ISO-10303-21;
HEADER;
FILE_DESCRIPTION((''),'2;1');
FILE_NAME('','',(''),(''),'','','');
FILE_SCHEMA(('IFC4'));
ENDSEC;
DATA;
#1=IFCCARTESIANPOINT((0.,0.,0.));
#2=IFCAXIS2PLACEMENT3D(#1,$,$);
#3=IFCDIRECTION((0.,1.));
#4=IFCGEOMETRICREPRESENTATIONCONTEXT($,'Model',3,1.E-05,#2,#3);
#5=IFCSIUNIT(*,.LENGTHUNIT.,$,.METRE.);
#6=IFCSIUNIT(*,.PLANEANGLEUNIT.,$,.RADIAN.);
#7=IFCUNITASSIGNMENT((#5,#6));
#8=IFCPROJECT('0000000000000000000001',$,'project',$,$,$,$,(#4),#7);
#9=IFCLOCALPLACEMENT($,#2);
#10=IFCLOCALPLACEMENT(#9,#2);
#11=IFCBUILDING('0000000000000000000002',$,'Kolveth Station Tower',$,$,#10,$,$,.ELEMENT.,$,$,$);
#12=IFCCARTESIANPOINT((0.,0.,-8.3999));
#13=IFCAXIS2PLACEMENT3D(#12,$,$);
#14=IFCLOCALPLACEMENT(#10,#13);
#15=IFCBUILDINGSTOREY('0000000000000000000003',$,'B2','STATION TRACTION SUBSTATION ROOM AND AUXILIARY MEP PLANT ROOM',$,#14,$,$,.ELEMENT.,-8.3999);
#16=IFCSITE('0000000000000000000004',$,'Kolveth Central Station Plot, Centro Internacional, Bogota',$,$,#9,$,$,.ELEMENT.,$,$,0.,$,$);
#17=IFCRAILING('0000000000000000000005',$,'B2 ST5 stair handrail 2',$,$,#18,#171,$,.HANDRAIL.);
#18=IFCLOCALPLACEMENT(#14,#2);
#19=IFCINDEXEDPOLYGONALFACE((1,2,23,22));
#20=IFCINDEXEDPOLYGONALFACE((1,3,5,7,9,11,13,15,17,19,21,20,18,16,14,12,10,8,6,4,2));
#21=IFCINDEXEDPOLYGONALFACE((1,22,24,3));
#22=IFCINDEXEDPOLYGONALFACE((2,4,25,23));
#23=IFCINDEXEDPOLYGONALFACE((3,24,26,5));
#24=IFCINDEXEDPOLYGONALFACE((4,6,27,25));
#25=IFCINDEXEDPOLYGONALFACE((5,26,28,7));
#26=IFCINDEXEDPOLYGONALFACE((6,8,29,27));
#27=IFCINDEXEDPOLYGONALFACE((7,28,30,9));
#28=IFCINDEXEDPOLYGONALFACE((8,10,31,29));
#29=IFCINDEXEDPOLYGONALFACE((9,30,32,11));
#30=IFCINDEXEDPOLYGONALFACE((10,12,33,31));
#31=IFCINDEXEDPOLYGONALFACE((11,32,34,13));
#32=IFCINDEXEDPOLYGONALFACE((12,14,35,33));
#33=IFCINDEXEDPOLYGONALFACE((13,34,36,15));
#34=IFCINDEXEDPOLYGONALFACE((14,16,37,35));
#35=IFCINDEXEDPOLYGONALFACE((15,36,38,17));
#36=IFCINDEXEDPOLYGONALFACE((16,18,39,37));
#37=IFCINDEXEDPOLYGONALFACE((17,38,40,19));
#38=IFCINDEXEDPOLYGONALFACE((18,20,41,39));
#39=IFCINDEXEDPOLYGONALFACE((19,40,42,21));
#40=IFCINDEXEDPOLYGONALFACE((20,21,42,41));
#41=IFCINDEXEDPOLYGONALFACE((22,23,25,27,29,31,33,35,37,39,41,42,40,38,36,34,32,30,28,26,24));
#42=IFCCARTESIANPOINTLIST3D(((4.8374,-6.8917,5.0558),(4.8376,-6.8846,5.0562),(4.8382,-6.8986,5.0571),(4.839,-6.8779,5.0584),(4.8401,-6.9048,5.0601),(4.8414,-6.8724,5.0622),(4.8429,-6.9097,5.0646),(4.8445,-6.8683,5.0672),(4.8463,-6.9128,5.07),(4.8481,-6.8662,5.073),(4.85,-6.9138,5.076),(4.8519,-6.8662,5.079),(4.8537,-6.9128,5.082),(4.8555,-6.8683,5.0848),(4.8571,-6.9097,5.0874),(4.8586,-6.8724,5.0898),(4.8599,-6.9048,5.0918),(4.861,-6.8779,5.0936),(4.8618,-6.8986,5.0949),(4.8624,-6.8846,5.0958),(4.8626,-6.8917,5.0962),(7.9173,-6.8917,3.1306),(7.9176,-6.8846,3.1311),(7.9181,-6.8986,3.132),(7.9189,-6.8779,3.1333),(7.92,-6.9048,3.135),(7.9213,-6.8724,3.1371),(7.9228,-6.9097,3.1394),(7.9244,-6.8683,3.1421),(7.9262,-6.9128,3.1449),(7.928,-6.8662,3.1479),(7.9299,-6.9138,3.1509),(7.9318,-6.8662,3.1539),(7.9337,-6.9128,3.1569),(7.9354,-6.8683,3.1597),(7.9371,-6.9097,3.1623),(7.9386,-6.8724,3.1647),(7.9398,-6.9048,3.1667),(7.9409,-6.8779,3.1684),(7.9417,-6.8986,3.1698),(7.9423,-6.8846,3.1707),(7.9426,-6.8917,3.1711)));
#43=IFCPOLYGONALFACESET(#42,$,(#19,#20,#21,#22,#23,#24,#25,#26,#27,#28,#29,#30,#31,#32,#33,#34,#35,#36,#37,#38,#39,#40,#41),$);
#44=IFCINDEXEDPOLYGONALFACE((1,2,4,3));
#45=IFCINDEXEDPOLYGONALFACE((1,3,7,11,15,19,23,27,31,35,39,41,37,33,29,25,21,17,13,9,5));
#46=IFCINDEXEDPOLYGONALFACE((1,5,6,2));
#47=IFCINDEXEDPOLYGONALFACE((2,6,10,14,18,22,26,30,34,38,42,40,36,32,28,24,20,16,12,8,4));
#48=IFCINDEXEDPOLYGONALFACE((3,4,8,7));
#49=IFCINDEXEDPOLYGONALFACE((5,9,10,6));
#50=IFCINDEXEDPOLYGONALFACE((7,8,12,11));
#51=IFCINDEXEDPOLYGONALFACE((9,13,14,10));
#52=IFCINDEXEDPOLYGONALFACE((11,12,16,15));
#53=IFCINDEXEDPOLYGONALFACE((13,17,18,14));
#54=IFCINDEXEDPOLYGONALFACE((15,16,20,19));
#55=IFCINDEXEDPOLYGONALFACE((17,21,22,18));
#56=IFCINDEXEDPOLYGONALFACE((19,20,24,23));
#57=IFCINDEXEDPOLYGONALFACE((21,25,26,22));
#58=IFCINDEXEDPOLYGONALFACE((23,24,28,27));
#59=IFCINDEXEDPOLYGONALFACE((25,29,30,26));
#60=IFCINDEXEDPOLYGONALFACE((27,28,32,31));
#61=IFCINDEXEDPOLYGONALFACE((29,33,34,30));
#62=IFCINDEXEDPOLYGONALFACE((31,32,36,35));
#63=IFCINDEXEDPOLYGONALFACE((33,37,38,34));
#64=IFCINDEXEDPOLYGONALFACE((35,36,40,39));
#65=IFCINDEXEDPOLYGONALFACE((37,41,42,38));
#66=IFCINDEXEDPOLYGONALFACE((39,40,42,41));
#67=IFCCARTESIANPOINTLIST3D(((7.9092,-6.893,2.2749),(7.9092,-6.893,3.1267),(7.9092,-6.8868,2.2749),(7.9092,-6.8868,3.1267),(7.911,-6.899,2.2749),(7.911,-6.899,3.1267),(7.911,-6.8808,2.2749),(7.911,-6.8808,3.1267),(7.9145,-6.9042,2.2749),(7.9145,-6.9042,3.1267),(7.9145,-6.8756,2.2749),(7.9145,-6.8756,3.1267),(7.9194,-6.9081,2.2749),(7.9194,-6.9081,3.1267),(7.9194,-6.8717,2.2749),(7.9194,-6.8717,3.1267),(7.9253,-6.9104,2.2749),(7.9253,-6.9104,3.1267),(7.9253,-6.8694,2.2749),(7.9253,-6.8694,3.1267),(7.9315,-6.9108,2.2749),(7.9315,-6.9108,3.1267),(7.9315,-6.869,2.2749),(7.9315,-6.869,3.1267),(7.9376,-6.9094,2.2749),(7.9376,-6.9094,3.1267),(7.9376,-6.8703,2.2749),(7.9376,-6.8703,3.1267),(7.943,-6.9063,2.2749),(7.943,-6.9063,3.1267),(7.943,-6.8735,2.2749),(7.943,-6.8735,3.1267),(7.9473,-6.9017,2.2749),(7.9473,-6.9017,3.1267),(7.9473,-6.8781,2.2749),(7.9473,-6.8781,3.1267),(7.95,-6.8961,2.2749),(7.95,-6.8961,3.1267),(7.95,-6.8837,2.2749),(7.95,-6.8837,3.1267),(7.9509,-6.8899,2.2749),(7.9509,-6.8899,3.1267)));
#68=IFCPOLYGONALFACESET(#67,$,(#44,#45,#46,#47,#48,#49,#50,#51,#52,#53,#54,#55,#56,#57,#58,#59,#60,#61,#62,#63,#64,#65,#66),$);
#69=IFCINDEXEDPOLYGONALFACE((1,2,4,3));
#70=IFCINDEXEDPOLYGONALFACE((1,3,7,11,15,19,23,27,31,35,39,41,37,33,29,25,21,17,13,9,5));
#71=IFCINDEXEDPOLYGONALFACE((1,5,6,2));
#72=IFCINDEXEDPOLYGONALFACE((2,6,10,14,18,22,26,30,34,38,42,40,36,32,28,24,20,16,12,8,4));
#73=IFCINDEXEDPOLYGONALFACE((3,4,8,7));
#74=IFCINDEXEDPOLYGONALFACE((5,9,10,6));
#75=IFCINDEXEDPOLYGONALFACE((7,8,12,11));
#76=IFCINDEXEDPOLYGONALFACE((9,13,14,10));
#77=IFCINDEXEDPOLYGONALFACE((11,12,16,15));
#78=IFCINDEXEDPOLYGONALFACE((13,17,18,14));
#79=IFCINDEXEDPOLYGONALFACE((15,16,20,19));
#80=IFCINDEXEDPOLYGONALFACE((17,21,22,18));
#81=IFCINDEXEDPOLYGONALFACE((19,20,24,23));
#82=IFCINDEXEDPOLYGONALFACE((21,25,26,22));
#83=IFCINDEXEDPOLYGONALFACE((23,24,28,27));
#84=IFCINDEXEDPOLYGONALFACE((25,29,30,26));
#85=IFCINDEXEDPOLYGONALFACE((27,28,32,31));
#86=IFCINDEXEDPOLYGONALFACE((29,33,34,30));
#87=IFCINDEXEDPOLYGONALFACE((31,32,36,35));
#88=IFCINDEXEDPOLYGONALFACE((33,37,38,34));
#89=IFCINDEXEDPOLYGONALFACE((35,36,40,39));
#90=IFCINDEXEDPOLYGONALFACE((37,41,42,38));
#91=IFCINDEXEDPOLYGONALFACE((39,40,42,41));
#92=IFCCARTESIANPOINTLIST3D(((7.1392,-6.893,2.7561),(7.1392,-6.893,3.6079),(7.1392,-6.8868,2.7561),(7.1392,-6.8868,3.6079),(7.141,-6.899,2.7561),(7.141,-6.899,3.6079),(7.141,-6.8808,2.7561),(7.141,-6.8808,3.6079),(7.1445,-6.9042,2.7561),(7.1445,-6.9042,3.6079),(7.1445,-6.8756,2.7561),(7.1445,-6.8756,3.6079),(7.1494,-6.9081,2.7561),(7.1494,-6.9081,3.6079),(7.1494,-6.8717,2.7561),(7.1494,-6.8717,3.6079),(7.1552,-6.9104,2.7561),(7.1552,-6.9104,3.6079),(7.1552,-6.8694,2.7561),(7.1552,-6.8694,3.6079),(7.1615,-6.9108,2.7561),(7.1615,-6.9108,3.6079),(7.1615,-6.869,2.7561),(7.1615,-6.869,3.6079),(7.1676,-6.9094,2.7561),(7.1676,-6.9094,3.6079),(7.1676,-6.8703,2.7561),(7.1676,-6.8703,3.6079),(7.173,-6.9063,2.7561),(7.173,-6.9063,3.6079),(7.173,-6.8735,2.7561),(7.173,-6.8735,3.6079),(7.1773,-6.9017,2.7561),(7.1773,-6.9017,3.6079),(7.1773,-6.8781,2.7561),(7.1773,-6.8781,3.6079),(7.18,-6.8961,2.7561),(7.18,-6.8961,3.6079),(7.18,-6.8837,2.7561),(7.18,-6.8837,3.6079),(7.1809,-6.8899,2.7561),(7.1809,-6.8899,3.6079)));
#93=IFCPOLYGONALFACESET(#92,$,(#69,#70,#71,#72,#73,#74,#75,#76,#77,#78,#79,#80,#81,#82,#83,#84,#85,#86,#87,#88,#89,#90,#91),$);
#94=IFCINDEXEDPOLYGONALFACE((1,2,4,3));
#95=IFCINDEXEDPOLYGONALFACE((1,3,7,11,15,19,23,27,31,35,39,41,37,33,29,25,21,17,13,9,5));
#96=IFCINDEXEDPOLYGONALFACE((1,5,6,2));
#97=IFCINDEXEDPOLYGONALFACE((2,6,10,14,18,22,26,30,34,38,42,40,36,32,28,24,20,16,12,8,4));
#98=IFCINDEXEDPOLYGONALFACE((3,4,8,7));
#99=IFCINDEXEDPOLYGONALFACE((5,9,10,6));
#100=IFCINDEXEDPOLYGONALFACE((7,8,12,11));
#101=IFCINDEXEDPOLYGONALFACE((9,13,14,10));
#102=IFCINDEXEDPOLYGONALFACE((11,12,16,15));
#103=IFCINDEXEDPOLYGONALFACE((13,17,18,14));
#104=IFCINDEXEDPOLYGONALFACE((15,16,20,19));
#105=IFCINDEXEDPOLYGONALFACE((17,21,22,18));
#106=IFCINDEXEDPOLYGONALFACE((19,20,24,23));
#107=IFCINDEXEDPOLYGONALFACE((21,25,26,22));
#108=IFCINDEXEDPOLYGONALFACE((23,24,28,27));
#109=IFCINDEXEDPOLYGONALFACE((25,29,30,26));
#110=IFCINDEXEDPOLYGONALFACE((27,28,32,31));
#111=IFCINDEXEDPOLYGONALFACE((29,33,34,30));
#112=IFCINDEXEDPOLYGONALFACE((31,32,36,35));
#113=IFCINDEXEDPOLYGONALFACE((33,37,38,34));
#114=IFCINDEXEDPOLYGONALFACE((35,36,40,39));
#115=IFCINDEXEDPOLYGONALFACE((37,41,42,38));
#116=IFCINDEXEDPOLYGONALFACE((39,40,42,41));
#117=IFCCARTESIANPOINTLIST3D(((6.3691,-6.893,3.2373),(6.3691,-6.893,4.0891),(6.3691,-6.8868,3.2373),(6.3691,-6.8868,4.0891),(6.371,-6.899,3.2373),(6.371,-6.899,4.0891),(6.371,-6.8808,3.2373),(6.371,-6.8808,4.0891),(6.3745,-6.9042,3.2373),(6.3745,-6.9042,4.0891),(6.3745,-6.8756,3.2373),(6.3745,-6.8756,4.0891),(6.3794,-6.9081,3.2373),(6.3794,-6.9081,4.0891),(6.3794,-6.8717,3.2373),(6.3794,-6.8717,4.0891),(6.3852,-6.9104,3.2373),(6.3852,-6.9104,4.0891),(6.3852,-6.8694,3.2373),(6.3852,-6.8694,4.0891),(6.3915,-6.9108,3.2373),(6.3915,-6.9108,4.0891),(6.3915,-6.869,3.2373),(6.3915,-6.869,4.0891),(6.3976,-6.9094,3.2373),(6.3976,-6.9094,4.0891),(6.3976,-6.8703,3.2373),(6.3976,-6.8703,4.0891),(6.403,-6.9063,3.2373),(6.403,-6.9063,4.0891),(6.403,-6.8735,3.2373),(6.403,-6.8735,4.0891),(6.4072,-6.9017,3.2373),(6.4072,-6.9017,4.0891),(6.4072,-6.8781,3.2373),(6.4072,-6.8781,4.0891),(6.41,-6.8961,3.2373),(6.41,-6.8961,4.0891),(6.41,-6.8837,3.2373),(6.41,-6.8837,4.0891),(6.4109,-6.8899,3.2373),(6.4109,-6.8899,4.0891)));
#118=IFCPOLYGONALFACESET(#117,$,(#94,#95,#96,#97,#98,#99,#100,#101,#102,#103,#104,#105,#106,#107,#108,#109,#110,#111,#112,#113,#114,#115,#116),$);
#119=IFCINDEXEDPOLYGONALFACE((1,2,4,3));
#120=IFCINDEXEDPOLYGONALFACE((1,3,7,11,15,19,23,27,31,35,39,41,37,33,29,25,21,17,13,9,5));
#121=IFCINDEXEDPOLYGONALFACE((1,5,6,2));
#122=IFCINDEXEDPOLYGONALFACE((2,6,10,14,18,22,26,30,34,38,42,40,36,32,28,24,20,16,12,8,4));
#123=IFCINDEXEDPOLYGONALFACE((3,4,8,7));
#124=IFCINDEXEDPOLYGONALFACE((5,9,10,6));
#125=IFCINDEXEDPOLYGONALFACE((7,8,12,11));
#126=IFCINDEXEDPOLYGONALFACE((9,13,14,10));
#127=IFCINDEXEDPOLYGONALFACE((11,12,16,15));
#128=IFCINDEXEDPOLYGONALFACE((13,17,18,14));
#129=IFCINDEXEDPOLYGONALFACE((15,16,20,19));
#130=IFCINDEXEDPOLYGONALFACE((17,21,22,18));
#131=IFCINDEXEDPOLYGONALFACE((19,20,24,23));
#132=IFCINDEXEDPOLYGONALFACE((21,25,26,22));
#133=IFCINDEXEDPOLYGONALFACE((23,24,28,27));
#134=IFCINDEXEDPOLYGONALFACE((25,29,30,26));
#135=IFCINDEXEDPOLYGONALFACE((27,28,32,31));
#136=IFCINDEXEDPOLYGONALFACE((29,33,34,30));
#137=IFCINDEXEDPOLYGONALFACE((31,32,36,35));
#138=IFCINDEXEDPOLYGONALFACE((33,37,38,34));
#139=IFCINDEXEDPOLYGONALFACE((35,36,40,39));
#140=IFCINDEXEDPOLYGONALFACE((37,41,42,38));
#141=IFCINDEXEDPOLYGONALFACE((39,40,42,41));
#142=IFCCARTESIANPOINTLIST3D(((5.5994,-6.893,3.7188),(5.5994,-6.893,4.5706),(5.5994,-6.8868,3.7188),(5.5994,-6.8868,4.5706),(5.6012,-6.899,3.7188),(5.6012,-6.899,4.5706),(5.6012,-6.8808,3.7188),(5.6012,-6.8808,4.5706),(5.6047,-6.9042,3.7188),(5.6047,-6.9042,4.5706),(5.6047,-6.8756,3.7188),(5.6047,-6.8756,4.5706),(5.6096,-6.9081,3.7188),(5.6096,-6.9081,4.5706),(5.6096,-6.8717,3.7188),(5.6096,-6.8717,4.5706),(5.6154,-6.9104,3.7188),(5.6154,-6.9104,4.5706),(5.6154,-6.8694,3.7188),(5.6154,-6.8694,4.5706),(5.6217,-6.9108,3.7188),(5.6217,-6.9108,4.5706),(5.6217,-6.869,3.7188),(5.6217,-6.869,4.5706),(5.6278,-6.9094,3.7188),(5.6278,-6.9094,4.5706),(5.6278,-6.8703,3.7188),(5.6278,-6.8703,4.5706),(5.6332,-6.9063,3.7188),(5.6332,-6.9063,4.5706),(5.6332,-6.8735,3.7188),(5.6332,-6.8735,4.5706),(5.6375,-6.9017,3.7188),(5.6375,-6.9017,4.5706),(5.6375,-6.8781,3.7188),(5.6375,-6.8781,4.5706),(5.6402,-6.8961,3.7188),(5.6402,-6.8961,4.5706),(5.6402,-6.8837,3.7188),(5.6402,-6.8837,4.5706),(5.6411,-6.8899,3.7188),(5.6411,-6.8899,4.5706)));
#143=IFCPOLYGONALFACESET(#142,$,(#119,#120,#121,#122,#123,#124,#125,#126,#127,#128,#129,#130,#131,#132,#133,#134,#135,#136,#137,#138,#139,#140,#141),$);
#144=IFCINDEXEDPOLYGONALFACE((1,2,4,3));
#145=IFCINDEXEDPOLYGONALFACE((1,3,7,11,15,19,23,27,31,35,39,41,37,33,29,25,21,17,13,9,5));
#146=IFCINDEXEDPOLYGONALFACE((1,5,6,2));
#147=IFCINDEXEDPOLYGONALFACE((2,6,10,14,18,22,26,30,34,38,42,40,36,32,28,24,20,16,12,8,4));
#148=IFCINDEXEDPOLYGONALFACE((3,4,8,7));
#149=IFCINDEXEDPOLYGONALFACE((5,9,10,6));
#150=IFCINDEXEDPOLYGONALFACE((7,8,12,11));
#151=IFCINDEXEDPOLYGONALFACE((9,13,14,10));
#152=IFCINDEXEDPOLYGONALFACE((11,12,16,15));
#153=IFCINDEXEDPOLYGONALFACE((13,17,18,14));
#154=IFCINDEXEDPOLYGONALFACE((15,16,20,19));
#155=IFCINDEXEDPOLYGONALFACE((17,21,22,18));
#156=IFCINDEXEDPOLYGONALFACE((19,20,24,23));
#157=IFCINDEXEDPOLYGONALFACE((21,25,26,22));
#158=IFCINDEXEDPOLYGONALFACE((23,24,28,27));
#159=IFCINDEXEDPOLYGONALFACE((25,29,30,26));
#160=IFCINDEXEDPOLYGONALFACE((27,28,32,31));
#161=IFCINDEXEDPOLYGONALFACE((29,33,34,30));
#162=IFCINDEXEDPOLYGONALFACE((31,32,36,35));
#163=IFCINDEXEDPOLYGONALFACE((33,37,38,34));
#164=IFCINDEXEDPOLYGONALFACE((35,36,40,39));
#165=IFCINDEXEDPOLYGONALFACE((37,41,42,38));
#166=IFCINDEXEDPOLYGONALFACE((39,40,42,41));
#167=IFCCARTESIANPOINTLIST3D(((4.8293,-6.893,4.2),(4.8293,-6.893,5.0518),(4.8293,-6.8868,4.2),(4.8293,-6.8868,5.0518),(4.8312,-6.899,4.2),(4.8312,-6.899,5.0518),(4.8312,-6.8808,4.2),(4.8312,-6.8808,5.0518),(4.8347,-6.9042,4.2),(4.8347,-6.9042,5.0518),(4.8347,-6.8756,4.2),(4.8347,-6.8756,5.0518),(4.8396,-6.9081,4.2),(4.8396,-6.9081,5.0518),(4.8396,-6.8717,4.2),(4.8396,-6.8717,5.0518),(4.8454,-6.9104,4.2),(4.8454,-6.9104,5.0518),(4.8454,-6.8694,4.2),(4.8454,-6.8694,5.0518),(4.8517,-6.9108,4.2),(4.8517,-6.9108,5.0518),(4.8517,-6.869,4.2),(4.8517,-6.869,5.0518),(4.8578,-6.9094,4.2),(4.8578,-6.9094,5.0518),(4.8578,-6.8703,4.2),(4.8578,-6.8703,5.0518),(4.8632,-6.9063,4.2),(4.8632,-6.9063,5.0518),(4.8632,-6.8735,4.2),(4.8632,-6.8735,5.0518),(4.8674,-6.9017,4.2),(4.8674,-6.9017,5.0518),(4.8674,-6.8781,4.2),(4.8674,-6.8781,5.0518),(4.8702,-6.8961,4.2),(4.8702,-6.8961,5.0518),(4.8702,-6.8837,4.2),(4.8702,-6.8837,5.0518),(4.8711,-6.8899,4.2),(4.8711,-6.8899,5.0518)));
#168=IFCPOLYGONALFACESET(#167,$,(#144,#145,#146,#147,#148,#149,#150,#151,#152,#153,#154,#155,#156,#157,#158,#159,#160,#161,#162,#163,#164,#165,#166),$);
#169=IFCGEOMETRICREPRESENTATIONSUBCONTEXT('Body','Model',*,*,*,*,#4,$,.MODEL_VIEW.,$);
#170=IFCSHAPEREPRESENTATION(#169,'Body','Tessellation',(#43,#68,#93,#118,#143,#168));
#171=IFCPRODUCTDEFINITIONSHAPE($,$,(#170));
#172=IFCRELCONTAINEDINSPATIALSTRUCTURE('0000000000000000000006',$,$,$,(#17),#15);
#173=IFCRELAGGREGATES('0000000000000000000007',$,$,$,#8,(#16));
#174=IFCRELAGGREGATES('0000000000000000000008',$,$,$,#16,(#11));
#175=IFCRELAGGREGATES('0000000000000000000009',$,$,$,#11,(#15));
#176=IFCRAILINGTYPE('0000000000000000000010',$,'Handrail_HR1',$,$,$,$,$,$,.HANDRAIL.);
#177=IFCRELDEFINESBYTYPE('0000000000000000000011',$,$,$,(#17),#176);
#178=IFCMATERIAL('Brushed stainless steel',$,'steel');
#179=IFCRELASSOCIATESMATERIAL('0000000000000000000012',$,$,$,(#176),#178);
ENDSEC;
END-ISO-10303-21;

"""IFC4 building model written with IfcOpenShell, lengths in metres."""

from ifc_helpers import new_model, si_unit, direction, frame, origin, origin_2d, place, context, subcontext, project, spatial, circle, extrude, material, type_object, element, save


model = new_model("IFC4")

# Units and contexts
model_context = context("Model", 3, precision=1e-05, world=origin(), true_north=direction((0.0, 1.0)))
body_context = subcontext(model_context, "Body", "Model", "MODEL_VIEW")
ifc_project = project(units=[si_unit("LENGTHUNIT", "METRE"), si_unit("PLANEANGLEUNIT", "RADIAN")], contexts=[model_context])

# Site, building, storey
site_placement = place(None, origin())
site = spatial("IfcSite", under=ifc_project, at=site_placement, Name="Kolveth Central Station Plot, Centro Internacional, Bogota", CompositionType="ELEMENT", RefElevation=0.0)
building_placement = place(site_placement, origin())
building = spatial("IfcBuilding", under=site, at=building_placement, Name="Kolveth Station Tower", CompositionType="ELEMENT")
storey_placement = place(building_placement, frame((0.0, 0.0, -8.3999)))
storey = spatial("IfcBuildingStorey", under=building, at=storey_placement, Name="B2", Description="STATION TRACTION SUBSTATION ROOM AND AUXILIARY MEP PLANT ROOM", CompositionType="ELEMENT", Elevation=-8.3999)

# Railing
ifc_material_1 = material(Name="Brushed stainless steel", Category="steel")
railing_type_1 = type_object("IfcRailingType", Name="Handrail_HR1", PredefinedType="HANDRAIL", material=ifc_material_1)
railing_1_placement = place(storey_placement, frame((7.9299, -6.8899, 2.2749)))
element("IfcRailing", 1, at=railing_1_placement, inside=storey, type_object=railing_type_1, Name="B2 ST5 stair handrail 2", PredefinedType="HANDRAIL", context=body_context, shape_type="SweptSolid", body=[
    extrude(circle(Radius=0.0239, at=origin_2d()), frame((0.0, 0.0, 0.876), z_axis=(-0.847979, 0.0, 0.530029), x_axis=(0.0, -1.0, 0.0)), (0.0, 0.0, 1.0), 3.6321),
    extrude(circle(Radius=0.021, at=origin_2d()), origin(), (0.0, 0.0, 1.0), 0.8518),
    extrude(circle(Radius=0.021, at=origin_2d()), frame((-0.77, 0.0, 0.4812)), (0.0, 0.0, 1.0), 0.8518),
    extrude(circle(Radius=0.021, at=origin_2d()), frame((-1.54, 0.0, 0.9624)), (0.0, 0.0, 1.0), 0.8518),
    extrude(circle(Radius=0.021, at=origin_2d()), frame((-2.3098, 0.0, 1.4438)), (0.0, 0.0, 1.0), 0.8518),
    extrude(circle(Radius=0.021, at=origin_2d()), frame((-3.0798, 0.0, 1.925)), (0.0, 0.0, 1.0), 0.8518),
])

save(model, "model.ifc")
